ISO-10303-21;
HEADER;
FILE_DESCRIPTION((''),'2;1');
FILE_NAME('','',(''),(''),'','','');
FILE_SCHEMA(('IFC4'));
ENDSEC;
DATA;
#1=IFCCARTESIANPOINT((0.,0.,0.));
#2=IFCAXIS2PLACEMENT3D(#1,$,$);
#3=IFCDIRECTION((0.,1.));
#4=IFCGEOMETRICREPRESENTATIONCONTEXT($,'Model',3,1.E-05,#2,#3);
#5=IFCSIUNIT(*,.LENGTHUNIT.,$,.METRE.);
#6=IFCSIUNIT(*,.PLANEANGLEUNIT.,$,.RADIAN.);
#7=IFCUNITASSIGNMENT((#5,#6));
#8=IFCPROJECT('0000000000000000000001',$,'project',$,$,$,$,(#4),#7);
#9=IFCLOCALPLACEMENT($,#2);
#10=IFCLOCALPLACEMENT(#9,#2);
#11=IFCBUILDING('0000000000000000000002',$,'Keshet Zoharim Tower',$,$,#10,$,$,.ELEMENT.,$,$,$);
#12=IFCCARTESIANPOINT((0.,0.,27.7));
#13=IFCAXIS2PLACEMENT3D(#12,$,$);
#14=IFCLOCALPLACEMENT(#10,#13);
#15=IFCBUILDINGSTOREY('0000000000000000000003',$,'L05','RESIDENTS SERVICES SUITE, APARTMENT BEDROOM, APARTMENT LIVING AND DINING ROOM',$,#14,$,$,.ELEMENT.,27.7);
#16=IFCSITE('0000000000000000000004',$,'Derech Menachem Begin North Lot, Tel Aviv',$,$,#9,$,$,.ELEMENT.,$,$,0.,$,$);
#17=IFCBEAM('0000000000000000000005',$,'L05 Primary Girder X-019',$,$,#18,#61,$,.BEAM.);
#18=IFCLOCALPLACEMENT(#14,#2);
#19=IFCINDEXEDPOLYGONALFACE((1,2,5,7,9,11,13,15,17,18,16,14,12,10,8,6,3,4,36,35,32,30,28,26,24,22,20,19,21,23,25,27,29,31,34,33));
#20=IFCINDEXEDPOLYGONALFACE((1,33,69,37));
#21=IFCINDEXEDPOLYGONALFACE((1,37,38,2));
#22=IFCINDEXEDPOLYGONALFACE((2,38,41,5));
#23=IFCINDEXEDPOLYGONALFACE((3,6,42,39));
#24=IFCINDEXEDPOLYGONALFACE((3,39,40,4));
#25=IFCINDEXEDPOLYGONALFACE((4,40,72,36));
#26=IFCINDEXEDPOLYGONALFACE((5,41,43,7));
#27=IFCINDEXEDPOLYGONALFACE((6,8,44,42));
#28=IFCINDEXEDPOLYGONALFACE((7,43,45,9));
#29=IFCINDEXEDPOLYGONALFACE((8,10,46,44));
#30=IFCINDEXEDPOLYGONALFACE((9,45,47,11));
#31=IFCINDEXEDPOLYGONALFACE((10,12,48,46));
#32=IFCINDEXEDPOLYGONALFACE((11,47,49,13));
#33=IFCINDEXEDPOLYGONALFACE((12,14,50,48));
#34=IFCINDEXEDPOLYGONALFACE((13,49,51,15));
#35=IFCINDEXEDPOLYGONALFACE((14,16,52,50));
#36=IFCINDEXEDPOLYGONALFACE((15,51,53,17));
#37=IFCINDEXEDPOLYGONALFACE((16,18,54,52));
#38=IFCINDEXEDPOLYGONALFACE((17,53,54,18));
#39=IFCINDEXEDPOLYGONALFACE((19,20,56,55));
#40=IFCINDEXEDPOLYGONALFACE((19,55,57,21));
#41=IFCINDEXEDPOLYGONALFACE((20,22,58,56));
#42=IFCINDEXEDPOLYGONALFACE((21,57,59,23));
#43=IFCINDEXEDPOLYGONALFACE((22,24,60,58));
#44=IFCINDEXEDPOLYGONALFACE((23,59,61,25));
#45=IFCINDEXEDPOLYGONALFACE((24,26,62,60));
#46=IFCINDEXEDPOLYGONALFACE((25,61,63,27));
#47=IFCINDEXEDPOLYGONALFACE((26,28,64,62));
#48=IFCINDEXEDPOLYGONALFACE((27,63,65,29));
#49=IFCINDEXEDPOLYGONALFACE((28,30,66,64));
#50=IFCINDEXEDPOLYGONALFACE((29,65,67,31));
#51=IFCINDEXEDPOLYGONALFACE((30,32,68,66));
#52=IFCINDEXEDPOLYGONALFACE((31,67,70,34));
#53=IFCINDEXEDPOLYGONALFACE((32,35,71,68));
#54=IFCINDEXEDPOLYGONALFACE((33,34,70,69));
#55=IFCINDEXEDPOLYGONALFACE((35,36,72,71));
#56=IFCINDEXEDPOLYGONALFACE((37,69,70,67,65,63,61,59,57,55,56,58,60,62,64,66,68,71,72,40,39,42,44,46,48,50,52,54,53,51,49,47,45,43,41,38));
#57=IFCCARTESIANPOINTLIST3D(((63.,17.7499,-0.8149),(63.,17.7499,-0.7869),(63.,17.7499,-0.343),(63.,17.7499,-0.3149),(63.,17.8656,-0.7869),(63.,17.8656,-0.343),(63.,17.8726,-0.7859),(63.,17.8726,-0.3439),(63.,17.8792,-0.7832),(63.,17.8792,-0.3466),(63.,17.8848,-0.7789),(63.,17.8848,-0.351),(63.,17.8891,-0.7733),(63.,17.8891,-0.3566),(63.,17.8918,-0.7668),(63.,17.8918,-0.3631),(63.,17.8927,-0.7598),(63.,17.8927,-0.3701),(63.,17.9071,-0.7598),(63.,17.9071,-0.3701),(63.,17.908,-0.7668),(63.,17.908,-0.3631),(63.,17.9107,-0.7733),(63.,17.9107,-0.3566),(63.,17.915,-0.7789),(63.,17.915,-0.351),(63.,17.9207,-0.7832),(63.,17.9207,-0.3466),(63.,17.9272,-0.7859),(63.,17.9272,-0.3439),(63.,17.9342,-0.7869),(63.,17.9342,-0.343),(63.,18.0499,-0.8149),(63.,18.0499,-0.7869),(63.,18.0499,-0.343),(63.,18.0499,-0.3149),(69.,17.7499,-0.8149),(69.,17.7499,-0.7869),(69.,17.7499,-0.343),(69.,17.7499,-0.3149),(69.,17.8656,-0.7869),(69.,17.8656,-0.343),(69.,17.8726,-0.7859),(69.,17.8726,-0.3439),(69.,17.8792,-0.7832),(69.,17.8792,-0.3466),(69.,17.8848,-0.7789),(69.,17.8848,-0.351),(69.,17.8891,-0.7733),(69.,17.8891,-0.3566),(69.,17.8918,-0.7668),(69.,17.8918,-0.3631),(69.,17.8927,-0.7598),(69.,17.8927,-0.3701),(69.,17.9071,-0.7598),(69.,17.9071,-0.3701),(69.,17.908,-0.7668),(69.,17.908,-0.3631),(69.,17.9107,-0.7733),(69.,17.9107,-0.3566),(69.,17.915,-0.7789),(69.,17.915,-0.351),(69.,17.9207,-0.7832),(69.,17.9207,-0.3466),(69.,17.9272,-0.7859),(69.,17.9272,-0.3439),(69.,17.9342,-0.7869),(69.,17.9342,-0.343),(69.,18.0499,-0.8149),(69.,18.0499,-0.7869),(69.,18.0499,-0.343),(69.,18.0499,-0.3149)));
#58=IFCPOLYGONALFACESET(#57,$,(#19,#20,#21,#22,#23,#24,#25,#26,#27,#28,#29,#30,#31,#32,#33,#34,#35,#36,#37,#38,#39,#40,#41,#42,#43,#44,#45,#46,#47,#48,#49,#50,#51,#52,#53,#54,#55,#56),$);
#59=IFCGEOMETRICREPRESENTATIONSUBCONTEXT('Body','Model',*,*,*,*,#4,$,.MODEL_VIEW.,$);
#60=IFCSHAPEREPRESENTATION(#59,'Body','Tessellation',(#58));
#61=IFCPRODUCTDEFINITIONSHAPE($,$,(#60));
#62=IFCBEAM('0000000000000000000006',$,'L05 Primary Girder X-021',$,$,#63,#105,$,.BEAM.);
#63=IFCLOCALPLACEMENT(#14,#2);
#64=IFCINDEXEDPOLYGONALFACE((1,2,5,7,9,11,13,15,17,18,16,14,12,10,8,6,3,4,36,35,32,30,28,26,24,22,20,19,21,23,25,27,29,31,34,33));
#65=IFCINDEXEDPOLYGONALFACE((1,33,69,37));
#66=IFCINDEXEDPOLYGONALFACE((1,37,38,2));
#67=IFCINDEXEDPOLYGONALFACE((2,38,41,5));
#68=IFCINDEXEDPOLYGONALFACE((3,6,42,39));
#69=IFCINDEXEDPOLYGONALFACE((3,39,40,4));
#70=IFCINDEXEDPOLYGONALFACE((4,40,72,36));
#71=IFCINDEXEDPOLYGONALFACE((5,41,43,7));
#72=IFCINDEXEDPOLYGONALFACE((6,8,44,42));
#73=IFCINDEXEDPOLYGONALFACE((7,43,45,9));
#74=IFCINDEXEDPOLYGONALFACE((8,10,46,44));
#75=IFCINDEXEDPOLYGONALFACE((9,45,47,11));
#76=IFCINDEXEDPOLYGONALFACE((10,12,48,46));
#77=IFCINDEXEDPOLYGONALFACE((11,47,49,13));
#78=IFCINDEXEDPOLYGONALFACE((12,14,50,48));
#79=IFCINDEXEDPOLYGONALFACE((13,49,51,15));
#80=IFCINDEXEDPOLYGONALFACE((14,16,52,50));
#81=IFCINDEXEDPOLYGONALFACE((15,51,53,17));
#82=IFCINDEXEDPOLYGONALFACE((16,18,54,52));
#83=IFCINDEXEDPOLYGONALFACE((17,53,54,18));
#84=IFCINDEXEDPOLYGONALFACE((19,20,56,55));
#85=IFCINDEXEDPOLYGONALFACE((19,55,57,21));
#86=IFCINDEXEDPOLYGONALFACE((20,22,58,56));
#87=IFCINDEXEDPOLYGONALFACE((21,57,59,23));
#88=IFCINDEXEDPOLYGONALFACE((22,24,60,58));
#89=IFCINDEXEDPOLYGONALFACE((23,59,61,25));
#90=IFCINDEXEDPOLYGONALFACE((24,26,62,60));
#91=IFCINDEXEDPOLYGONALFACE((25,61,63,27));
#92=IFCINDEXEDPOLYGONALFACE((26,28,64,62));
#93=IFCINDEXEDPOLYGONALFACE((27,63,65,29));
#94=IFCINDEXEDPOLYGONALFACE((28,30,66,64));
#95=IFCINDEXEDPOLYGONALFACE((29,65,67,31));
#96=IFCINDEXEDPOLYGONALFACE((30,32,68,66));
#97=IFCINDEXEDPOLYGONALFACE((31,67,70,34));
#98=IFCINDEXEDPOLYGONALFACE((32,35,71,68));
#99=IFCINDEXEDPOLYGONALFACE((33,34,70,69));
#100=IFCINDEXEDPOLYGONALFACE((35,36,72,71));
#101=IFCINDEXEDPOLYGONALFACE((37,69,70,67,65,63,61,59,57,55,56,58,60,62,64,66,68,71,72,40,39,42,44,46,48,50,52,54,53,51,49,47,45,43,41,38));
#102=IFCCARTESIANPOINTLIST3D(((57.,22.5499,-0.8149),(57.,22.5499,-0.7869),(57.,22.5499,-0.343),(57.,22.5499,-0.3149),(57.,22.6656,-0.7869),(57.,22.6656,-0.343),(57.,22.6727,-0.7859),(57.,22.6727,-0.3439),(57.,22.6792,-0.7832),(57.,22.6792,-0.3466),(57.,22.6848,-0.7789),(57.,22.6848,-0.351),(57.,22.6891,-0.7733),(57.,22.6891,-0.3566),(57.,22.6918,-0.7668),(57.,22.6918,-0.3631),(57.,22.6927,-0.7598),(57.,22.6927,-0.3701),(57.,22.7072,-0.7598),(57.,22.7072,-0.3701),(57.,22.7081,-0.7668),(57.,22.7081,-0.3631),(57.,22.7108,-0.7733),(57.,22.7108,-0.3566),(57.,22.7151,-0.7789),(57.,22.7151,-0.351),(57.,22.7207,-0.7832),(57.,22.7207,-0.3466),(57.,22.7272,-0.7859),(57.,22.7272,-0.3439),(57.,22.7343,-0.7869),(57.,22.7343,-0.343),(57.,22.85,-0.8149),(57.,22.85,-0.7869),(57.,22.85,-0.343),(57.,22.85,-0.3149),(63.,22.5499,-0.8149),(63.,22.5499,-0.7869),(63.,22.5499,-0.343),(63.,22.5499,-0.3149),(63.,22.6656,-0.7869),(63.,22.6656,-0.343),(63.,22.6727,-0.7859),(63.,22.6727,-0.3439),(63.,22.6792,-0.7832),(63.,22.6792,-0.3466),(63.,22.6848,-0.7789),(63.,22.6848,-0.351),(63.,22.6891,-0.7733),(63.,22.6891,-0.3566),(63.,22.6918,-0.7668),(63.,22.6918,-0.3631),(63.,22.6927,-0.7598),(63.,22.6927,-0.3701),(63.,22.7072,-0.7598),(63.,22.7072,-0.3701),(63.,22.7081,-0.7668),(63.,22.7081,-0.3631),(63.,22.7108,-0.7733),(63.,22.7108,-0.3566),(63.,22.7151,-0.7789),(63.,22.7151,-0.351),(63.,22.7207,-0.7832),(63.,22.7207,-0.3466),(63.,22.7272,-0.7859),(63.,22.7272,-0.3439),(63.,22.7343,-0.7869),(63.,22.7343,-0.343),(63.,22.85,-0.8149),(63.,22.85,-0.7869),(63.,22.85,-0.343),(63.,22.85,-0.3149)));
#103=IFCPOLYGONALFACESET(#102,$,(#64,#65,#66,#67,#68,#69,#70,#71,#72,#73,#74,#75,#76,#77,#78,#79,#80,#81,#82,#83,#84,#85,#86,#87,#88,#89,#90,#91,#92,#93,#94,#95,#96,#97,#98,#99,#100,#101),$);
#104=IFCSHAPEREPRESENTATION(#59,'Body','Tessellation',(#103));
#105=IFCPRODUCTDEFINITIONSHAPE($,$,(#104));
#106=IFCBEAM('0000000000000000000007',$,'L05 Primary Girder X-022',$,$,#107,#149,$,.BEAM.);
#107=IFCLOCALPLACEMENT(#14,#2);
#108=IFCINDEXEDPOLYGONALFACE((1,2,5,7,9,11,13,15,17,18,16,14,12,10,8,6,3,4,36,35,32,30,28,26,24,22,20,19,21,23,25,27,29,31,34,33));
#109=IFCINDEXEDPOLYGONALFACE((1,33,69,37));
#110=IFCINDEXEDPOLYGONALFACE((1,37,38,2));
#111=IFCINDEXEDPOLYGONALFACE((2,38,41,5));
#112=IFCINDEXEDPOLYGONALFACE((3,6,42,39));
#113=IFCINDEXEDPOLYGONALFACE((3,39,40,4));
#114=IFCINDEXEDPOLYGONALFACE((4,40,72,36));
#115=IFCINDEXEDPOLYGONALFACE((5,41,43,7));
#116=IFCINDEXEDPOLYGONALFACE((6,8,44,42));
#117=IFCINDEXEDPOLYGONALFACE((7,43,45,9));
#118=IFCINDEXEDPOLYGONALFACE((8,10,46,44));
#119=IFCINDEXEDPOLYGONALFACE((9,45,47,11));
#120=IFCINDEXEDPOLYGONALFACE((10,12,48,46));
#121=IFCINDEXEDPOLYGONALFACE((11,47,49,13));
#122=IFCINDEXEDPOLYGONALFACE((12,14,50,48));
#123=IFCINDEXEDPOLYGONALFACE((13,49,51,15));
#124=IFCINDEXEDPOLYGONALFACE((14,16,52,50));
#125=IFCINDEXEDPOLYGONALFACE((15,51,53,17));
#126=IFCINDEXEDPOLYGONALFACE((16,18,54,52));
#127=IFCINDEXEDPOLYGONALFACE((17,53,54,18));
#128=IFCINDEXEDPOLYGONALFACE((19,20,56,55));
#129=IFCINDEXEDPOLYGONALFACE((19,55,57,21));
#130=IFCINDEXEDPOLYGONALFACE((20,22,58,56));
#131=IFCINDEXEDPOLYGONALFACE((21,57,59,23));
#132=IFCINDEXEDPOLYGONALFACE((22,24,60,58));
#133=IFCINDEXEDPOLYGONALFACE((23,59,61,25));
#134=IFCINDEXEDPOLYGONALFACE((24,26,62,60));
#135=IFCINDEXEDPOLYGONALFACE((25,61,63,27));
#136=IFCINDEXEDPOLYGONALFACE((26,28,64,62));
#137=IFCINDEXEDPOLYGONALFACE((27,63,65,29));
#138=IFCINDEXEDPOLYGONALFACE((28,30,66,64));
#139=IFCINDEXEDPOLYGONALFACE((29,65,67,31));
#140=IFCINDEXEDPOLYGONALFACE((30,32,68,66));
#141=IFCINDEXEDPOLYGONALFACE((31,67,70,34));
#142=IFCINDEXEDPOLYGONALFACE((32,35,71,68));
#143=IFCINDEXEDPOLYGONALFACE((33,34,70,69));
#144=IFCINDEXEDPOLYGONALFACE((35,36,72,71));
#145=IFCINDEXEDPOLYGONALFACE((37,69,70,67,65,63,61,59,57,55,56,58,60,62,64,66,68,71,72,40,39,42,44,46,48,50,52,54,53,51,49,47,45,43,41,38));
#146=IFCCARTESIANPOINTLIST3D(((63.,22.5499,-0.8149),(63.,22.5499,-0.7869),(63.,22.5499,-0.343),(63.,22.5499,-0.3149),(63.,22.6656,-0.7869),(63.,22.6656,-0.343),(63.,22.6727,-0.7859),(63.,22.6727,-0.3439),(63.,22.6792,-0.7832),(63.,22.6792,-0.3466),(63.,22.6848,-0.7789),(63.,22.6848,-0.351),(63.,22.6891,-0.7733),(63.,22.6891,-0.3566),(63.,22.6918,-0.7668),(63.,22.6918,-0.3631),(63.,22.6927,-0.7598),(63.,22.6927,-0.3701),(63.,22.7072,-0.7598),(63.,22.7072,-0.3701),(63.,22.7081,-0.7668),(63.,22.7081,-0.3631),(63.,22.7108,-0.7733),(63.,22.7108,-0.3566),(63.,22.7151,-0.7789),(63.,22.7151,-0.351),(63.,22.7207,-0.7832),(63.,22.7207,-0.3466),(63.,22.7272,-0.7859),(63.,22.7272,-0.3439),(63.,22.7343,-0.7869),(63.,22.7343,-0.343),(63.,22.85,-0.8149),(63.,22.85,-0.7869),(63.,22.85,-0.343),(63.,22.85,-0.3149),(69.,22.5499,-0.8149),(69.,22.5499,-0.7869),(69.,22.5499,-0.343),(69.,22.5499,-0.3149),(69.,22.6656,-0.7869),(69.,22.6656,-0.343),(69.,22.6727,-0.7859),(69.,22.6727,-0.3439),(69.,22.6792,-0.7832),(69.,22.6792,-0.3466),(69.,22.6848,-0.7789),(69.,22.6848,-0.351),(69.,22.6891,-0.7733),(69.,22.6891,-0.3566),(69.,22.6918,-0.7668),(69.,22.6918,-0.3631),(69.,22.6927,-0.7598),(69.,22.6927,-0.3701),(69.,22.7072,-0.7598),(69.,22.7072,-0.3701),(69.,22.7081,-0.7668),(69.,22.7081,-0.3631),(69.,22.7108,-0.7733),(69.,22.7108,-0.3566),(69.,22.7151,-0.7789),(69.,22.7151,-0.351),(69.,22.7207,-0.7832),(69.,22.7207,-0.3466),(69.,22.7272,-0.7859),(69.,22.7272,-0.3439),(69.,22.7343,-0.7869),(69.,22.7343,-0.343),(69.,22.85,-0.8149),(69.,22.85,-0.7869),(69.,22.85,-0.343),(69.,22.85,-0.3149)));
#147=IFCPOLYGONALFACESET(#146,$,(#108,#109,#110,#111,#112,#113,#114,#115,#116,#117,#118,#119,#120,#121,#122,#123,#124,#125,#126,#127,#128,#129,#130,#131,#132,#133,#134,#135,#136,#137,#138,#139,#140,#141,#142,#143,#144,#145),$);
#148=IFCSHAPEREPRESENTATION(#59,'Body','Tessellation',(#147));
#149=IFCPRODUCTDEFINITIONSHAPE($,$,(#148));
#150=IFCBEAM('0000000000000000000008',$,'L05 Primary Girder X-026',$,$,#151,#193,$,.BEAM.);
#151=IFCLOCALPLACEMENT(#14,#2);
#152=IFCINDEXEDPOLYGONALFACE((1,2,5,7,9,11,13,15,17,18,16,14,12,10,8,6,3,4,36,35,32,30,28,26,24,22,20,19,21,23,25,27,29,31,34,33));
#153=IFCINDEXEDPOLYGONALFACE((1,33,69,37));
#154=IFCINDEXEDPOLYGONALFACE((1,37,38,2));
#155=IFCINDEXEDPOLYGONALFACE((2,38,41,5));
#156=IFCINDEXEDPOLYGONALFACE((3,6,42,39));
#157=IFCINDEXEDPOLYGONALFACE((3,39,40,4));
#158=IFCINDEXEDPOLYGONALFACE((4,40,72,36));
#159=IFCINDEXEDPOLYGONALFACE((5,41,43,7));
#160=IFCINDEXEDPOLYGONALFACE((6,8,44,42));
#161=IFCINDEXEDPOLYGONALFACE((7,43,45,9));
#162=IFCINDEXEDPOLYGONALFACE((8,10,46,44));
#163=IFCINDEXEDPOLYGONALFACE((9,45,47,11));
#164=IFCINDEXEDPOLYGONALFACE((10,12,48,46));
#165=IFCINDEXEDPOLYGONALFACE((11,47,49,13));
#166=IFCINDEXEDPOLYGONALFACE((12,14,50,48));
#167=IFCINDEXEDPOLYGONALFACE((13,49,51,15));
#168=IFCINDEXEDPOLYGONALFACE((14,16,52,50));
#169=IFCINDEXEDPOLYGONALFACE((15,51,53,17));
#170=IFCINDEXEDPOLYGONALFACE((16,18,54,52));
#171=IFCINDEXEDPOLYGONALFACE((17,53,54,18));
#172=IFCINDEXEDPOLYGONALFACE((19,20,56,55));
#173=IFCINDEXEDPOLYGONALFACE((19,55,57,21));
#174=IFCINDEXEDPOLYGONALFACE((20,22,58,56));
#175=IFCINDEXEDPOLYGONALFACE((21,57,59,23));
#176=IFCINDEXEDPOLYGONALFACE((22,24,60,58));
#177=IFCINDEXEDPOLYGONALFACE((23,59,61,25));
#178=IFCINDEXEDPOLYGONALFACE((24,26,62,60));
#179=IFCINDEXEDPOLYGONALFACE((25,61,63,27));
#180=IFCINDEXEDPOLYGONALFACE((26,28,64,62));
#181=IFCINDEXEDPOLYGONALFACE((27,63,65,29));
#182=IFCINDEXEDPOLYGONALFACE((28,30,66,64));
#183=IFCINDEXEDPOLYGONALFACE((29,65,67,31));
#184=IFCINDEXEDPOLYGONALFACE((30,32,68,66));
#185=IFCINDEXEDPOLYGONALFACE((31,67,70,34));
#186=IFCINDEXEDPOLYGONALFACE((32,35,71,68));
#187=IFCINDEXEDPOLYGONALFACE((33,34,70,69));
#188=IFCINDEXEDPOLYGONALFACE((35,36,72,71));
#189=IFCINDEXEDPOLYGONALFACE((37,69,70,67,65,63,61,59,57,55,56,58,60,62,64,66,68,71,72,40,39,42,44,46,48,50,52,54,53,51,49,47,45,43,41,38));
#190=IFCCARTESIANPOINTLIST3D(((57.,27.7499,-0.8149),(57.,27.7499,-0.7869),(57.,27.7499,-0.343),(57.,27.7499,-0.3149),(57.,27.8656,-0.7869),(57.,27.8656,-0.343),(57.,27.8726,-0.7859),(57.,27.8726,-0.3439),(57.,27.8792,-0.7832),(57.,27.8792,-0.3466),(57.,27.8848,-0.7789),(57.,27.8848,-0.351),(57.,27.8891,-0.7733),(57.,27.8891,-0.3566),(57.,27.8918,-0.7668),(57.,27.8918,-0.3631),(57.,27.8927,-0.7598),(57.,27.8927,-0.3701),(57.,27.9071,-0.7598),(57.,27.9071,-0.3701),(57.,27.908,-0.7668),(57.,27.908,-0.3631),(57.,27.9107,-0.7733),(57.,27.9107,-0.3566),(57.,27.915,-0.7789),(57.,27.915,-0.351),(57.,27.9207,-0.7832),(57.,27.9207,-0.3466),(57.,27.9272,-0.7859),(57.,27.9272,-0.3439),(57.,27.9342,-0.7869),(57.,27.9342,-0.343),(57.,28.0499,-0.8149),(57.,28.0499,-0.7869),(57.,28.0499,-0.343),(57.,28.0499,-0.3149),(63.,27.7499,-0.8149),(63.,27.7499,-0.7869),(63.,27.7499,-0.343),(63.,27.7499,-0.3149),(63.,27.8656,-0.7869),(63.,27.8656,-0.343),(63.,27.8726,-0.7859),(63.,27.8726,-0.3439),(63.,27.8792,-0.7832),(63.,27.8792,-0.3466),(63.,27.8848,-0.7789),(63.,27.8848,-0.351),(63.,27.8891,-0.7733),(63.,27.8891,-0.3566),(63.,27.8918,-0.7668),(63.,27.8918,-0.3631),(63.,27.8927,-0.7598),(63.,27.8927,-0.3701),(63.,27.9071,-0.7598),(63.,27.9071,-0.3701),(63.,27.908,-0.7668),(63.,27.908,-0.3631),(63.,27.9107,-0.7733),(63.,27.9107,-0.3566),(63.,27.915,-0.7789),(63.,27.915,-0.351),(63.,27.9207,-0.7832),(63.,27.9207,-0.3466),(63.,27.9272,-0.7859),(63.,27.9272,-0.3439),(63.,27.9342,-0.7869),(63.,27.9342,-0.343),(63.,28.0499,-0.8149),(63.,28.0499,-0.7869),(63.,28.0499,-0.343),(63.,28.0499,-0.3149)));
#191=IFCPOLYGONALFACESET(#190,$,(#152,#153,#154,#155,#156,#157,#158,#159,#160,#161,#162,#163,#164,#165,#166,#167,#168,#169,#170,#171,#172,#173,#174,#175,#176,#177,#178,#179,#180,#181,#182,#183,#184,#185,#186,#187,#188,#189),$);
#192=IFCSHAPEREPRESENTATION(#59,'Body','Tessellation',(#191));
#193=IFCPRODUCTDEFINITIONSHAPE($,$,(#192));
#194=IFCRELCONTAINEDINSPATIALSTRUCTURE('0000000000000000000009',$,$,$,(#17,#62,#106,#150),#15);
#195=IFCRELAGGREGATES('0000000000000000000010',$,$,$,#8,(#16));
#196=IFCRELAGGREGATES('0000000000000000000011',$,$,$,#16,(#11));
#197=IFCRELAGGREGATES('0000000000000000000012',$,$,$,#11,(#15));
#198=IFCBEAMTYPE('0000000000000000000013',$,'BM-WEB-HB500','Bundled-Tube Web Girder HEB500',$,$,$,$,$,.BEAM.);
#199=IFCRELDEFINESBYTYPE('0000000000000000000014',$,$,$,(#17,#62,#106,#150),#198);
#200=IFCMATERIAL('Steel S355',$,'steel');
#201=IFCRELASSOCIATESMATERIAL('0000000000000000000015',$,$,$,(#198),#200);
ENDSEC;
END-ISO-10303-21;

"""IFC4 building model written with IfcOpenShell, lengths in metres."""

from ifc_helpers import new_model, si_unit, direction, frame, origin, origin_2d, place, context, subcontext, project, spatial, i_section, extrude, material, material_profile, profile_set, type_object, element, save


model = new_model("IFC4")

# Units and contexts
model_context = context("Model", 3, precision=1e-05, world=origin(), true_north=direction((0.0, 1.0)))
body_context = subcontext(model_context, "Body", "Model", "MODEL_VIEW")
ifc_project = project(units=[si_unit("LENGTHUNIT", "METRE"), si_unit("PLANEANGLEUNIT", "RADIAN")], contexts=[model_context])

# Site, building, storey
site_placement = place(None, origin())
site = spatial("IfcSite", under=ifc_project, at=site_placement, Name="Derech Menachem Begin North Lot, Tel Aviv", CompositionType="ELEMENT", RefElevation=0.0)
building_placement = place(site_placement, origin())
building = spatial("IfcBuilding", under=site, at=building_placement, Name="Keshet Zoharim Tower", CompositionType="ELEMENT")
storey_placement = place(building_placement, frame((0.0, 0.0, 27.7)))
storey = spatial("IfcBuildingStorey", under=building, at=storey_placement, Name="L05", Description="RESIDENTS SERVICES SUITE, APARTMENT BEDROOM, APARTMENT LIVING AND DINING ROOM", CompositionType="ELEMENT", Elevation=27.7)

# Shared definitions
ifc_material_1 = material(Name="Steel S355", Category="steel")

# Beams
ifc_material_profile_1 = material_profile(ifc_material_1, i_section(OverallWidth=0.3, OverallDepth=0.5, WebThickness=0.0144, FlangeThickness=0.0281, FilletRadius=0.0271, at=origin_2d()), Name="HEB500")
ifc_profile_set_1 = profile_set([ifc_material_profile_1], Name="Steel S355")
beam_type_1 = type_object("IfcBeamType", Name="BM-WEB-HB500", Description="Bundled-Tube Web Girder HEB500", PredefinedType="BEAM", material=ifc_profile_set_1)
for number, where, z_axis, x_axis, name in (
    (1, (63.0, 17.8999, -0.5649), (1.0, 0.0, 0.0), (0.0, 1.0, 0.0), "L05 Primary Girder X-019"),
    (2, (57.0, 22.7, -0.5649), (1.0, 0.0, 0.0), (0.0, 1.0, 0.0), "L05 Primary Girder X-021"),
    (3, (63.0, 22.7, -0.5649), (1.0, 0.0, 0.0), (0.0, 1.0, 0.0), "L05 Primary Girder X-022"),
    (4, (57.0, 27.8999, -0.5649), (1.0, 0.0, 0.0), (0.0, 1.0, 0.0), "L05 Primary Girder X-026"),
):
    element("IfcBeam", number, at=place(storey_placement, frame(where, z_axis=z_axis, x_axis=x_axis)), inside=storey, type_object=beam_type_1, Name=name, PredefinedType="BEAM", context=body_context, shape_type="SweptSolid", body=[
        extrude(i_section(OverallWidth=0.3, OverallDepth=0.5, WebThickness=0.0144, FlangeThickness=0.0281, FilletRadius=0.0271, at=origin_2d()), origin(), (0.0, 0.0, 1.0), 6.0),
    ])

save(model, "model.ifc")
